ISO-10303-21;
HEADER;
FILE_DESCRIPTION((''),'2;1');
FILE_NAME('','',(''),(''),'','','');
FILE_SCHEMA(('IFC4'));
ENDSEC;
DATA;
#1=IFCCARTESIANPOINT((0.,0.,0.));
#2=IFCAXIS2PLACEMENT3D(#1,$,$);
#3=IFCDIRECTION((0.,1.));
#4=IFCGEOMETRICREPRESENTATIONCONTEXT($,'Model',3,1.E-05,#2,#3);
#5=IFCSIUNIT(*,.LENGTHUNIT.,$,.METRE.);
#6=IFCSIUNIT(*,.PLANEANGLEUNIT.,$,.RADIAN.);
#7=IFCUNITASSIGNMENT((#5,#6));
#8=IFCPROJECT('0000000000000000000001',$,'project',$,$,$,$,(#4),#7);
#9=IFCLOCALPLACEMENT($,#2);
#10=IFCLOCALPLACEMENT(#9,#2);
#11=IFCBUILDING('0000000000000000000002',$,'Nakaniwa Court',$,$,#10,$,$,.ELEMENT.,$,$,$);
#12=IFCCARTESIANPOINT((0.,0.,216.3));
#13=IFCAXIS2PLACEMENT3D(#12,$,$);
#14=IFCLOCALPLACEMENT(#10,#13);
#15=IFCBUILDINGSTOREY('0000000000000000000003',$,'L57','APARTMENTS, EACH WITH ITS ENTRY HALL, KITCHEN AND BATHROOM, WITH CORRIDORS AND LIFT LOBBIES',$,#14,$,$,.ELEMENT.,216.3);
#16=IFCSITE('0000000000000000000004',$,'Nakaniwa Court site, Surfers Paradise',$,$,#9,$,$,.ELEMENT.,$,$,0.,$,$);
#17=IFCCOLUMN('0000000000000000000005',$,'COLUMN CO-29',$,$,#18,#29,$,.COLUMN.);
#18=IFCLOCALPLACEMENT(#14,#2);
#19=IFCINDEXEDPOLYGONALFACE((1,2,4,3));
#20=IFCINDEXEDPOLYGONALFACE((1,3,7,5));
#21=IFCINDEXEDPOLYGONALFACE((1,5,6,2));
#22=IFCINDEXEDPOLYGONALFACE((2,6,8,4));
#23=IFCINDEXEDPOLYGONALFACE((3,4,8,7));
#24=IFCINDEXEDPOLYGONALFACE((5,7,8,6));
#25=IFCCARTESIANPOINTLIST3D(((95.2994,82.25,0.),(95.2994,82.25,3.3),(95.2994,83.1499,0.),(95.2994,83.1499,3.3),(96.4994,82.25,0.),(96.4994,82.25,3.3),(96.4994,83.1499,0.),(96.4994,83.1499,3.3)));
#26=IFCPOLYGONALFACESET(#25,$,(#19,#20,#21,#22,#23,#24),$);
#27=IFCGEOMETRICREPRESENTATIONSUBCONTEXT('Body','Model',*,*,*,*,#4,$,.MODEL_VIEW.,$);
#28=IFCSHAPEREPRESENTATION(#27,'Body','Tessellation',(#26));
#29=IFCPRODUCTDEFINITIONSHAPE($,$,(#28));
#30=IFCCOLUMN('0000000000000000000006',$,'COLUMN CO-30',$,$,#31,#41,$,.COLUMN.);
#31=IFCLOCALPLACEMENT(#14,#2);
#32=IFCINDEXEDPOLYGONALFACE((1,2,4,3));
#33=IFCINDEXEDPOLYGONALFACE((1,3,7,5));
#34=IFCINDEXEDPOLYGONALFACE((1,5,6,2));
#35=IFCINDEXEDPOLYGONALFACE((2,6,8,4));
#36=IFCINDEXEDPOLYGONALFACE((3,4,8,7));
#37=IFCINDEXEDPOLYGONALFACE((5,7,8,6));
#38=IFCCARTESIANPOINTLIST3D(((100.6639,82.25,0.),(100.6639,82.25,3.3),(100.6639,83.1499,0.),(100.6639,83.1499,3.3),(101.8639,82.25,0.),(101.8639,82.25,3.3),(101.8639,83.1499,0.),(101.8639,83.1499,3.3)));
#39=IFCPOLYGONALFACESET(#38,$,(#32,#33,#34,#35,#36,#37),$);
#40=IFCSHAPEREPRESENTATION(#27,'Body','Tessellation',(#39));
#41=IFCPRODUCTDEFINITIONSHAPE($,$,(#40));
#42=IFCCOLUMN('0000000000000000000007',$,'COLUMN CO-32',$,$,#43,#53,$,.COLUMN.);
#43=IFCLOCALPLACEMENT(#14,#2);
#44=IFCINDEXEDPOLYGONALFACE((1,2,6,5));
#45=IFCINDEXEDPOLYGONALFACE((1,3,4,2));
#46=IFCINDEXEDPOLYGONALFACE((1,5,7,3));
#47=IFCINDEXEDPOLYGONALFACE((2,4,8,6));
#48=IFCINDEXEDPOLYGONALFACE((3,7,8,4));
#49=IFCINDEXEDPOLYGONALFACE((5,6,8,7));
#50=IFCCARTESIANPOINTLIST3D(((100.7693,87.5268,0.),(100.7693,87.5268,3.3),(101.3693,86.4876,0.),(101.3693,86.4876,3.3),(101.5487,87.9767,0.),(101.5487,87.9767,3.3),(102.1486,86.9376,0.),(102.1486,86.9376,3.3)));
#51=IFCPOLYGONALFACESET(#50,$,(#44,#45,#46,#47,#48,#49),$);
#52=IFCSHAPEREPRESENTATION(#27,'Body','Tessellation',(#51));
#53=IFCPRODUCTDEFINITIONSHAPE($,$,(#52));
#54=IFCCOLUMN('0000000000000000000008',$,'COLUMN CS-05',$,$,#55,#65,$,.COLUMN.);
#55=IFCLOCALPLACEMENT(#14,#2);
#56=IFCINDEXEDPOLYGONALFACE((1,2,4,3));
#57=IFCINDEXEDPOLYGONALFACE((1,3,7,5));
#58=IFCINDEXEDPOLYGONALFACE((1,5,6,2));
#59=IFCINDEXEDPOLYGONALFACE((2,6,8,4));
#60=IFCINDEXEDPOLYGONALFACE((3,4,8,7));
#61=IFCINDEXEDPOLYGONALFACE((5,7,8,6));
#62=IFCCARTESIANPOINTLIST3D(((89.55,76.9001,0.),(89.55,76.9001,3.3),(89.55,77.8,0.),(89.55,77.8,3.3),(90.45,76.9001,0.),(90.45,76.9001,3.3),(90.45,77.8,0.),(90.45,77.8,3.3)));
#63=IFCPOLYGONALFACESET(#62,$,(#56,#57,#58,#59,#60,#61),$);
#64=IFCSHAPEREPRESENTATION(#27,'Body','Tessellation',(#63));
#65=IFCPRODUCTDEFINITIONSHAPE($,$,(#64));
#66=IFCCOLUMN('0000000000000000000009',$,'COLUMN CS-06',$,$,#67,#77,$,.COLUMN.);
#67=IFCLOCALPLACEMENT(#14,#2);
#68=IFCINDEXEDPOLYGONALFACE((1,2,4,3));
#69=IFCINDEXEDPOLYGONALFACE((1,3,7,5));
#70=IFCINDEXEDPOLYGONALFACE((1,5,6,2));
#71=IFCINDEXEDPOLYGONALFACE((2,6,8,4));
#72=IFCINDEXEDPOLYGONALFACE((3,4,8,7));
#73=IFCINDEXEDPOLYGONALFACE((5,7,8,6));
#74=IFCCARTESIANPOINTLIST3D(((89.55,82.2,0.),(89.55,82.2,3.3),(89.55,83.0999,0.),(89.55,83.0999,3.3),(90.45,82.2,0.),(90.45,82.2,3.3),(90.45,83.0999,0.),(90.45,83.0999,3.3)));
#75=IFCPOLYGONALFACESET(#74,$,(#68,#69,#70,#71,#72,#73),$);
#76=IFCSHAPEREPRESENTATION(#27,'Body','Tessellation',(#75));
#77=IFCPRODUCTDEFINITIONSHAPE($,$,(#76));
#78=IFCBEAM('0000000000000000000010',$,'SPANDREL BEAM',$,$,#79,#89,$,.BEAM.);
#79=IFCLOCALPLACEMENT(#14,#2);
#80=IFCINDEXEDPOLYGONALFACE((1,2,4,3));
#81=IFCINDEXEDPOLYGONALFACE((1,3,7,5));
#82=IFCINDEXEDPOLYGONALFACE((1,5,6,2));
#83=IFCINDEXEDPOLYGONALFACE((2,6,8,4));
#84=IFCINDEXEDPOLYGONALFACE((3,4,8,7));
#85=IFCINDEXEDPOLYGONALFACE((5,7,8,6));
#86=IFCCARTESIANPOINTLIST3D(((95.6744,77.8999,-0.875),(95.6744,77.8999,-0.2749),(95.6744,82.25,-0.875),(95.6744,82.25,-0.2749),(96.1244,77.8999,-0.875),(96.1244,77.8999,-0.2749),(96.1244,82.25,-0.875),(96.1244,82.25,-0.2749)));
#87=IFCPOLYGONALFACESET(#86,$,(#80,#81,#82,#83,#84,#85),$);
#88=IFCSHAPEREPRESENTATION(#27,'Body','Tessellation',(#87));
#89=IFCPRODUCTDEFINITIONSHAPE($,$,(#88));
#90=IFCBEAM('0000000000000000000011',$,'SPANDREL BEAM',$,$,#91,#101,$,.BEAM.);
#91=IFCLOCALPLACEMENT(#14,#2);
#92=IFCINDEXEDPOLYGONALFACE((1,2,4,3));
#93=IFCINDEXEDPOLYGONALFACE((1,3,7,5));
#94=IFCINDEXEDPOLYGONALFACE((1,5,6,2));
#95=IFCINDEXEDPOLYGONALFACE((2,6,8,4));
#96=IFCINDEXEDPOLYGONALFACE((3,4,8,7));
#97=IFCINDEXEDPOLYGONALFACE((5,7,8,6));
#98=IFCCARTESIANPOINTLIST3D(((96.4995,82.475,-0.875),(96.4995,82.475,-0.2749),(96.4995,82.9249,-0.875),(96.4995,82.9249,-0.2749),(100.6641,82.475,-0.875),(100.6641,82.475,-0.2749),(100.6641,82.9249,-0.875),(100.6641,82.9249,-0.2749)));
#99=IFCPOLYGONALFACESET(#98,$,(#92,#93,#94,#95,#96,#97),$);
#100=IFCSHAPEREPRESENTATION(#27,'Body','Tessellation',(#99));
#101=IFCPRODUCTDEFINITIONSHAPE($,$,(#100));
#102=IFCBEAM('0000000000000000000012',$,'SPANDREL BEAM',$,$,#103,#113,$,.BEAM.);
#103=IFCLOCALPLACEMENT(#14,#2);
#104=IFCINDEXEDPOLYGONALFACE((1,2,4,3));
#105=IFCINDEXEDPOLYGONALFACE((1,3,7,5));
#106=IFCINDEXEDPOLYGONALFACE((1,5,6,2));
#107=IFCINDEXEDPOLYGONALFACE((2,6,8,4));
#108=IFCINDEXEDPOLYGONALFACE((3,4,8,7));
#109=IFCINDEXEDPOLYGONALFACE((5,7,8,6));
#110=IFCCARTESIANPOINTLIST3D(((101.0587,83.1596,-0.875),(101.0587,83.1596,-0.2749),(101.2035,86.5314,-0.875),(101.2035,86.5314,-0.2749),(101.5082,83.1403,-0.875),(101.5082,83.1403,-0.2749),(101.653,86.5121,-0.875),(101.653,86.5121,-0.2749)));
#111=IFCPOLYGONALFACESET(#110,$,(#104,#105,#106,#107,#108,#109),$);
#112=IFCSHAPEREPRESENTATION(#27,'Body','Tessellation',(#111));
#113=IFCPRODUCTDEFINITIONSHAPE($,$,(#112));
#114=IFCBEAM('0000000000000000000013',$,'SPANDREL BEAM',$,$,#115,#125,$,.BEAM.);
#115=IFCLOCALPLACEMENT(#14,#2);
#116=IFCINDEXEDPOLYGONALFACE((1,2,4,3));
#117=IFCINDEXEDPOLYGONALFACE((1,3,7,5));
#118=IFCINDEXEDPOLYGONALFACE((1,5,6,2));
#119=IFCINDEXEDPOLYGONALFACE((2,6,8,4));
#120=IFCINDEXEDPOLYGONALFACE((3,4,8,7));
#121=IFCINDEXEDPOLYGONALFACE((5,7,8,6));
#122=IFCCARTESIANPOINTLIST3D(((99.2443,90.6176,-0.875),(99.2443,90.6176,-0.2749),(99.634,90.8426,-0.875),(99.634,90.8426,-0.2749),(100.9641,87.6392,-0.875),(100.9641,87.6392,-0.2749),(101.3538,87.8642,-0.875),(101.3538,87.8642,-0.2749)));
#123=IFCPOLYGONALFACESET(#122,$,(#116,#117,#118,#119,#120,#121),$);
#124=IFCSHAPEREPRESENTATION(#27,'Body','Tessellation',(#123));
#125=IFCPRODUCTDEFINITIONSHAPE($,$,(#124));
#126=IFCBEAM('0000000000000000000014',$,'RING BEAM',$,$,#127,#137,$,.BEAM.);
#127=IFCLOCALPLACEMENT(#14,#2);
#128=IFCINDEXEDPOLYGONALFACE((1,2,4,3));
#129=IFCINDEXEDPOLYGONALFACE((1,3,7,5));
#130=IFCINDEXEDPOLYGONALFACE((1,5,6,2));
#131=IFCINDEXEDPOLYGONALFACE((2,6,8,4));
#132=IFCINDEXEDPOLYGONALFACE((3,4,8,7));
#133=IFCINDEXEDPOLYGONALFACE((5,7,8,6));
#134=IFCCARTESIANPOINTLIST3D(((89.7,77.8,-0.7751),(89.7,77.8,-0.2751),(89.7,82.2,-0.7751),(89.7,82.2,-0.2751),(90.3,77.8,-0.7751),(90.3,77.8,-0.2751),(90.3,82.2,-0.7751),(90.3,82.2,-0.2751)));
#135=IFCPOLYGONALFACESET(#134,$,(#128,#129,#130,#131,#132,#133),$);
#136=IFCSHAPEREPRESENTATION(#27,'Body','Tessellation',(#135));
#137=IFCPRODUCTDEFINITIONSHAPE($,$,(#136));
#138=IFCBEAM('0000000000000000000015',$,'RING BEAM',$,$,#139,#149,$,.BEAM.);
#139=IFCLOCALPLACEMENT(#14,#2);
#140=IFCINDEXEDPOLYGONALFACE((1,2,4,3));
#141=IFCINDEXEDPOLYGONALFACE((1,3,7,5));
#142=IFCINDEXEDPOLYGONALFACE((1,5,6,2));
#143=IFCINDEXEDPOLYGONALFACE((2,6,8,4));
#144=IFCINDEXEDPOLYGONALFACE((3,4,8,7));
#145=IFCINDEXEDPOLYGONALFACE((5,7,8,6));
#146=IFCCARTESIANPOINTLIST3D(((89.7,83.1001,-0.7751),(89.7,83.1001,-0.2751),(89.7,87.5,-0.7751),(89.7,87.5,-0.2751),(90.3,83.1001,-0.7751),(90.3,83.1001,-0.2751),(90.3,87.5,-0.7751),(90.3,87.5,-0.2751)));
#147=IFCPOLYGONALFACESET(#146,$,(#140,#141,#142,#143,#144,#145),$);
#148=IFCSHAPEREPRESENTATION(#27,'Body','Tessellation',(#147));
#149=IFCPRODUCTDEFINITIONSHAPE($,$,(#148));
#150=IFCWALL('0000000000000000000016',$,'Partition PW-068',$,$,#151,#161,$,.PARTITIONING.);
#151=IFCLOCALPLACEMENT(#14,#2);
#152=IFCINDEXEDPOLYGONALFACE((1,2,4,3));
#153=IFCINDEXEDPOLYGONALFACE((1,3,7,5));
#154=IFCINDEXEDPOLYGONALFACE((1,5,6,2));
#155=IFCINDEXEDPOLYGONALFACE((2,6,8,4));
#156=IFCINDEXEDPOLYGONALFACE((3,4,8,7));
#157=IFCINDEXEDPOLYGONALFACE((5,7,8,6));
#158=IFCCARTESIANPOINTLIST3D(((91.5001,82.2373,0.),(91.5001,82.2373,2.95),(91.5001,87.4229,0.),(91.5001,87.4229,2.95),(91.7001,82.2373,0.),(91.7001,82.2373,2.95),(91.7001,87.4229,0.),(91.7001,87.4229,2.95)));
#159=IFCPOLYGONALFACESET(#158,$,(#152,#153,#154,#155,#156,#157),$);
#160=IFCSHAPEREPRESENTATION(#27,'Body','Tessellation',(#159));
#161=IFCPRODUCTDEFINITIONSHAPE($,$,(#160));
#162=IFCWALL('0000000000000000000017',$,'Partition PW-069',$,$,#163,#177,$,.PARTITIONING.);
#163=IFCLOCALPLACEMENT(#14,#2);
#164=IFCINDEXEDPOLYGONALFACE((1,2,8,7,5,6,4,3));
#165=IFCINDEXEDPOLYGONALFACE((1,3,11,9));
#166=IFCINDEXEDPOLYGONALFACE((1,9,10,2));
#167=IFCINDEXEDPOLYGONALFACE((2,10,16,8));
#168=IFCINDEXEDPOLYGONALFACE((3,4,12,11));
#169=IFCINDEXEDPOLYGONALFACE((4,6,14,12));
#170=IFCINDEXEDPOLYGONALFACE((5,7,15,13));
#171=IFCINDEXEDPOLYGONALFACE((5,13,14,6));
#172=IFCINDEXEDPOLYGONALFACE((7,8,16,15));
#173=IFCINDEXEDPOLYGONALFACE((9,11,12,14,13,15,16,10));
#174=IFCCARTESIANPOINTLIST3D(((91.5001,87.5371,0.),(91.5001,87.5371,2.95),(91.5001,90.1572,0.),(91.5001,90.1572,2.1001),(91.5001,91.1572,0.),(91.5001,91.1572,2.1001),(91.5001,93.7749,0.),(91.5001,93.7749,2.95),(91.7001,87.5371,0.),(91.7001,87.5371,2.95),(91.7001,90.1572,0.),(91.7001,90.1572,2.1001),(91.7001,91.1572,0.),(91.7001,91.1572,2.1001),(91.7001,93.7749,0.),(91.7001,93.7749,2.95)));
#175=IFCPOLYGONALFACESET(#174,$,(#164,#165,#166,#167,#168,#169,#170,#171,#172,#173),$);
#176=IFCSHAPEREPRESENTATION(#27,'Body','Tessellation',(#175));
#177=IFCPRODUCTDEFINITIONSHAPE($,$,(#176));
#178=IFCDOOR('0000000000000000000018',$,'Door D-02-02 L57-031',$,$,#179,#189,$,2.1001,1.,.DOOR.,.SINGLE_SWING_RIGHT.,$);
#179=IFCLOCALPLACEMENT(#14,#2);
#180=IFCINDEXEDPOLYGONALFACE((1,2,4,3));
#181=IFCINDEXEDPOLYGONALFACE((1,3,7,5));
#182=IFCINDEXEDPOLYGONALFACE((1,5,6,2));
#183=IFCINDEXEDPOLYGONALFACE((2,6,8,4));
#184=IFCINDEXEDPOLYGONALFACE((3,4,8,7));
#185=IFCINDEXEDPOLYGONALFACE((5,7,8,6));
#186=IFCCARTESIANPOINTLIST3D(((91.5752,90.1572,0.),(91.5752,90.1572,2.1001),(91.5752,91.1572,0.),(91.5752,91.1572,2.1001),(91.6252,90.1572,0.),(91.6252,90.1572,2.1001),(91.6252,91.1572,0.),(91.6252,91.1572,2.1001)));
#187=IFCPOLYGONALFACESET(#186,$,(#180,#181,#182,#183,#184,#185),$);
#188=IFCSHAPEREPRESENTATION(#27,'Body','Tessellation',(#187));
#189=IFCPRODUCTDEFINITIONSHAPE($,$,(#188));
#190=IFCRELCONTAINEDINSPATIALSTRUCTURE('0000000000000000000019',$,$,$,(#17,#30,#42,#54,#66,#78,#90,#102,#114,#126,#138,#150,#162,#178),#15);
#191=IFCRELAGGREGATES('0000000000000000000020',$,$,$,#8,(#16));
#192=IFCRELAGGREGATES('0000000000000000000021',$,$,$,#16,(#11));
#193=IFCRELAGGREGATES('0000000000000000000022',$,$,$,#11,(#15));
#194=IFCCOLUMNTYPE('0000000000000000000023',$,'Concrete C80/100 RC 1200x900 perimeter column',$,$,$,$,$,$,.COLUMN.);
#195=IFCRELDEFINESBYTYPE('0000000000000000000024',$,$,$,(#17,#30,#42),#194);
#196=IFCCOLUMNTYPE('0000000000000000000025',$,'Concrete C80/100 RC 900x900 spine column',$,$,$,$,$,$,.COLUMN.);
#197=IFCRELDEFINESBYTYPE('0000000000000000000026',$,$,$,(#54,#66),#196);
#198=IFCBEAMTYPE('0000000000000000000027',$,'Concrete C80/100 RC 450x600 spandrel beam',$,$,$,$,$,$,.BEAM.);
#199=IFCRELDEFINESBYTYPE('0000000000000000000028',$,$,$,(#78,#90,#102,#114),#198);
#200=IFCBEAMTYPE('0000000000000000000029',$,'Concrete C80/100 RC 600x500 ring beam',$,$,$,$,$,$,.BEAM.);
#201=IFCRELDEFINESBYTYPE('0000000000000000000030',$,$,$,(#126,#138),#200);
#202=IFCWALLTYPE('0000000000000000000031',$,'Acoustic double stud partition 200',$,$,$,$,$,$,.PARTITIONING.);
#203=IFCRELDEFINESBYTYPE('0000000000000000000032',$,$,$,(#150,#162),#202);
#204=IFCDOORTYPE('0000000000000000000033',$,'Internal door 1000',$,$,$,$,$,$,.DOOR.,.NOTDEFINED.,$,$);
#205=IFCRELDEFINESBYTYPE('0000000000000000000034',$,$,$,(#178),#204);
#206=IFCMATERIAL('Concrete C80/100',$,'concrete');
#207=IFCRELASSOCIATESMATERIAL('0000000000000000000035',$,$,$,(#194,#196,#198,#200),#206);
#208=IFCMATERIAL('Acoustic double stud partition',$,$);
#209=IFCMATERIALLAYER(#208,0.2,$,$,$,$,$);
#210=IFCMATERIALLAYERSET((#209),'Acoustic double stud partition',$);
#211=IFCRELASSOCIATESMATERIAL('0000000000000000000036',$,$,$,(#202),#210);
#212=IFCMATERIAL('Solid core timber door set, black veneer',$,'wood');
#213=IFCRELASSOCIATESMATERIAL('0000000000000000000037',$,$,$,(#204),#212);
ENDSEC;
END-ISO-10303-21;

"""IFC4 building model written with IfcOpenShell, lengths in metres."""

from ifc_helpers import new_model, si_unit, direction, frame, frame_2d, origin, origin_2d, place, context, subcontext, project, spatial, rectangle, extrude, material, layer, layer_set, material_profile, profile_set, type_object, element, fill, save


model = new_model("IFC4")

# Units and contexts
model_context = context("Model", 3, precision=1e-05, world=origin(), true_north=direction((0.0, 1.0)))
body_context = subcontext(model_context, "Body", "Model", "MODEL_VIEW")
ifc_project = project(units=[si_unit("LENGTHUNIT", "METRE"), si_unit("PLANEANGLEUNIT", "RADIAN")], contexts=[model_context])

# Site, building, storey
site_placement = place(None, origin())
site = spatial("IfcSite", under=ifc_project, at=site_placement, Name="Nakaniwa Court site, Surfers Paradise", CompositionType="ELEMENT", RefElevation=0.0)
building_placement = place(site_placement, origin())
building = spatial("IfcBuilding", under=site, at=building_placement, Name="Nakaniwa Court", CompositionType="ELEMENT")
storey_placement = place(building_placement, frame((0.0, 0.0, 216.3)))
storey = spatial("IfcBuildingStorey", under=building, at=storey_placement, Name="L57", Description="APARTMENTS, EACH WITH ITS ENTRY HALL, KITCHEN AND BATHROOM, WITH CORRIDORS AND LIFT LOBBIES", CompositionType="ELEMENT", Elevation=216.3)

# Columns
ifc_material_1 = material(Name="Concrete C80/100", Category="concrete")
ifc_material_profile_1 = material_profile(ifc_material_1, rectangle(XDim=1.2, YDim=0.8999, at=origin_2d()), Name="Concrete C80/100 RC 1200x900 perimeter column")
ifc_profile_set_1 = profile_set([ifc_material_profile_1], Name="Concrete C80/100")
column_type_1 = type_object("IfcColumnType", Name="Concrete C80/100 RC 1200x900 perimeter column", PredefinedType="COLUMN", material=ifc_profile_set_1)
for number, where, z_axis, x_axis, name in (
    (1, (95.8994, 82.7, 0.0), (0.0, 0.0, 1.0), (1.0, 0.0, 0.0), "COLUMN CO-29"),
    (2, (101.2639, 82.7, 0.0), (0.0, 0.0, 1.0), (1.0, 0.0, 0.0), "COLUMN CO-30"),
    (3, (101.459, 87.2322, 0.0), (0.0, 0.0, 1.0), (-0.5, 0.866025, 0.0), "COLUMN CO-32"),
):
    element("IfcColumn", number, at=place(storey_placement, frame(where, z_axis=z_axis, x_axis=x_axis)), inside=storey, type_object=column_type_1, Name=name, PredefinedType="COLUMN", context=body_context, shape_type="SweptSolid", body=[
        extrude(rectangle(XDim=1.2, YDim=0.8999, at=origin_2d()), origin(), (0.0, 0.0, 1.0), 3.3),
    ])
ifc_material_profile_2 = material_profile(ifc_material_1, rectangle(XDim=0.8999, YDim=0.8999, at=origin_2d()), Name="Concrete C80/100 RC 900x900 spine column")
ifc_profile_set_2 = profile_set([ifc_material_profile_2], Name="Concrete C80/100")
column_type_2 = type_object("IfcColumnType", Name="Concrete C80/100 RC 900x900 spine column", PredefinedType="COLUMN", material=ifc_profile_set_2)
for number, where, z_axis, x_axis, name in (
    (4, (90.0, 77.3501, 0.0), (0.0, 0.0, 1.0), (0.0, 1.0, 0.0), "COLUMN CS-05"),
    (5, (90.0, 82.6499, 0.0), (0.0, 0.0, 1.0), (0.0, 1.0, 0.0), "COLUMN CS-06"),
):
    element("IfcColumn", number, at=place(storey_placement, frame(where, z_axis=z_axis, x_axis=x_axis)), inside=storey, type_object=column_type_2, Name=name, PredefinedType="COLUMN", context=body_context, shape_type="SweptSolid", body=[
        extrude(rectangle(XDim=0.8999, YDim=0.8999, at=origin_2d()), origin(), (0.0, 0.0, 1.0), 3.3),
    ])

# Beams
ifc_material_profile_3 = material_profile(ifc_material_1, rectangle(XDim=0.45, YDim=0.6001, at=origin_2d()), Name="Concrete C80/100 RC 450x600 spandrel beam")
ifc_profile_set_3 = profile_set([ifc_material_profile_3], Name="Concrete C80/100")
beam_type_1 = type_object("IfcBeamType", Name="Concrete C80/100 RC 450x600 spandrel beam", PredefinedType="BEAM", material=ifc_profile_set_3)
beam_1_placement = place(storey_placement, frame((95.8994, 77.8999, -0.575), z_axis=(0.0, 1.0, 0.0), x_axis=(-1.0, 0.0, 0.0)))
element("IfcBeam", 6, at=beam_1_placement, inside=storey, type_object=beam_type_1, Name="SPANDREL BEAM", PredefinedType="BEAM", context=body_context, shape_type="SweptSolid", body=[
    extrude(rectangle(XDim=0.45, YDim=0.6001, at=origin_2d()), origin(), (0.0, 0.0, 1.0), 4.3501),
])
beam_2_placement = place(storey_placement, frame((96.4995, 82.7, -0.575), z_axis=(1.0, 0.0, 0.0), x_axis=(0.0, 1.0, 0.0)))
element("IfcBeam", 7, at=beam_2_placement, inside=storey, type_object=beam_type_1, Name="SPANDREL BEAM", PredefinedType="BEAM", context=body_context, shape_type="SweptSolid", body=[
    extrude(rectangle(XDim=0.45, YDim=0.6001, at=origin_2d()), origin(), (0.0, 0.0, 1.0), 4.1646),
])
beam_3_placement = place(storey_placement, frame((101.2834, 83.1499, -0.575), z_axis=(0.042897, 0.999079, 0.0), x_axis=(-0.999079, 0.042897, 0.0)))
element("IfcBeam", 8, at=beam_3_placement, inside=storey, type_object=beam_type_1, Name="SPANDREL BEAM", PredefinedType="BEAM", context=body_context, shape_type="SweptSolid", body=[
    extrude(rectangle(XDim=0.45, YDim=0.6001, at=origin_2d()), origin(), (0.0, 0.0, 1.0), 3.375),
])
beam_4_placement = place(storey_placement, frame((101.1589, 87.7517, -0.575), z_axis=(-0.500048, 0.865998, 0.0), x_axis=(-0.865998, -0.500048, 0.0)))
element("IfcBeam", 9, at=beam_4_placement, inside=storey, type_object=beam_type_1, Name="SPANDREL BEAM", PredefinedType="BEAM", context=body_context, shape_type="SweptSolid", body=[
    extrude(rectangle(XDim=0.45, YDim=0.6001, at=origin_2d()), origin(), (0.0, 0.0, 1.0), 3.4392),
])
ifc_material_profile_4 = material_profile(ifc_material_1, rectangle(XDim=0.6001, YDim=0.5, at=origin_2d()), Name="Concrete C80/100 RC 600x500 ring beam")
ifc_profile_set_4 = profile_set([ifc_material_profile_4], Name="Concrete C80/100")
beam_type_2 = type_object("IfcBeamType", Name="Concrete C80/100 RC 600x500 ring beam", PredefinedType="BEAM", material=ifc_profile_set_4)
for number, where, z_axis, x_axis, name in (
    (10, (90.0, 77.8, -0.5251), (0.0, 1.0, 0.0), (-1.0, 0.0, 0.0), "RING BEAM"),
    (11, (90.0, 83.1001, -0.5251), (0.0, 1.0, 0.0), (-1.0, 0.0, 0.0), "RING BEAM"),
):
    element("IfcBeam", number, at=place(storey_placement, frame(where, z_axis=z_axis, x_axis=x_axis)), inside=storey, type_object=beam_type_2, Name=name, PredefinedType="BEAM", context=body_context, shape_type="SweptSolid", body=[
        extrude(rectangle(XDim=0.6001, YDim=0.5, at=origin_2d()), origin(), (0.0, 0.0, 1.0), 4.3999),
    ])

# Wall
ifc_material_2 = material(Name="Acoustic double stud partition")
ifc_layer_1 = layer(ifc_material_2, 0.2)
ifc_layer_set_1 = layer_set([ifc_layer_1], Name="Acoustic double stud partition")
wall_type_1 = type_object("IfcWallType", Name="Acoustic double stud partition 200", PredefinedType="PARTITIONING", material=ifc_layer_set_1)
wall_1_placement = place(storey_placement, frame((91.6001, 82.2373, 0.0), z_axis=(0.0, 0.0, 1.0), x_axis=(0.0, 1.0, 0.0)))
element("IfcWall", 12, at=wall_1_placement, inside=storey, type_object=wall_type_1, Name="Partition PW-068", PredefinedType="PARTITIONING", context=body_context, shape_type="SweptSolid", body=[
    extrude(rectangle(XDim=5.1855, YDim=0.2, at=frame_2d((2.5928, 0.0))), origin(), (0.0, 0.0, 1.0), 2.95),
])

# Wall, opening, door
wall_2_placement = place(storey_placement, frame((91.6001, 87.5371, 0.0), z_axis=(0.0, 0.0, 1.0), x_axis=(0.0, 1.0, 0.0)))
wall_2 = element("IfcWall", 13, at=wall_2_placement, inside=storey, type_object=wall_type_1, Name="Partition PW-069", PredefinedType="PARTITIONING", context=body_context, shape_type="SweptSolid", body=[
    extrude(rectangle(XDim=6.2378, YDim=0.2, at=frame_2d((3.1189, 0.0))), origin(), (0.0, 0.0, 1.0), 2.95),
])
opening_1_placement = place(wall_2_placement, frame((2.6201, 0.0, 0.0)))
opening_1 = element("IfcOpeningElement", 14, at=opening_1_placement, cuts=wall_2, PredefinedType="OPENING", context=body_context, shape_type="SweptSolid", body=[
    extrude(rectangle(XDim=1.0, YDim=2.1001, at=frame_2d((0.5, 1.05))), frame((0.0, 0.1099, 0.0), z_axis=(0.0, -1.0, 0.0), x_axis=(1.0, 0.0, 0.0)), (0.0, 0.0, 1.0), 0.22),
])
ifc_material_3 = material(Name="Solid core timber door set, black veneer", Category="wood")
door_type_1 = type_object("IfcDoorType", Name="Internal door 1000", OperationType="NOTDEFINED", PredefinedType="DOOR", material=ifc_material_3)
door_1_placement = place(opening_1_placement, origin())
door_1 = element("IfcDoor", 15, at=door_1_placement, inside=storey, type_object=door_type_1, Name="Door D-02-02 L57-031", OperationType="SINGLE_SWING_RIGHT", OverallHeight=2.1001, OverallWidth=1.0, PredefinedType="DOOR", context=body_context, shape_type="SweptSolid", body=[
    extrude(rectangle(XDim=1.0, YDim=2.1001, at=frame_2d((0.5, 1.05))), frame((0.0, 0.0249, 0.0), z_axis=(0.0, -1.0, 0.0), x_axis=(1.0, 0.0, 0.0)), (0.0, 0.0, 1.0), 0.05),
])
fill(opening_1, door_1)

save(model, "model.ifc")
